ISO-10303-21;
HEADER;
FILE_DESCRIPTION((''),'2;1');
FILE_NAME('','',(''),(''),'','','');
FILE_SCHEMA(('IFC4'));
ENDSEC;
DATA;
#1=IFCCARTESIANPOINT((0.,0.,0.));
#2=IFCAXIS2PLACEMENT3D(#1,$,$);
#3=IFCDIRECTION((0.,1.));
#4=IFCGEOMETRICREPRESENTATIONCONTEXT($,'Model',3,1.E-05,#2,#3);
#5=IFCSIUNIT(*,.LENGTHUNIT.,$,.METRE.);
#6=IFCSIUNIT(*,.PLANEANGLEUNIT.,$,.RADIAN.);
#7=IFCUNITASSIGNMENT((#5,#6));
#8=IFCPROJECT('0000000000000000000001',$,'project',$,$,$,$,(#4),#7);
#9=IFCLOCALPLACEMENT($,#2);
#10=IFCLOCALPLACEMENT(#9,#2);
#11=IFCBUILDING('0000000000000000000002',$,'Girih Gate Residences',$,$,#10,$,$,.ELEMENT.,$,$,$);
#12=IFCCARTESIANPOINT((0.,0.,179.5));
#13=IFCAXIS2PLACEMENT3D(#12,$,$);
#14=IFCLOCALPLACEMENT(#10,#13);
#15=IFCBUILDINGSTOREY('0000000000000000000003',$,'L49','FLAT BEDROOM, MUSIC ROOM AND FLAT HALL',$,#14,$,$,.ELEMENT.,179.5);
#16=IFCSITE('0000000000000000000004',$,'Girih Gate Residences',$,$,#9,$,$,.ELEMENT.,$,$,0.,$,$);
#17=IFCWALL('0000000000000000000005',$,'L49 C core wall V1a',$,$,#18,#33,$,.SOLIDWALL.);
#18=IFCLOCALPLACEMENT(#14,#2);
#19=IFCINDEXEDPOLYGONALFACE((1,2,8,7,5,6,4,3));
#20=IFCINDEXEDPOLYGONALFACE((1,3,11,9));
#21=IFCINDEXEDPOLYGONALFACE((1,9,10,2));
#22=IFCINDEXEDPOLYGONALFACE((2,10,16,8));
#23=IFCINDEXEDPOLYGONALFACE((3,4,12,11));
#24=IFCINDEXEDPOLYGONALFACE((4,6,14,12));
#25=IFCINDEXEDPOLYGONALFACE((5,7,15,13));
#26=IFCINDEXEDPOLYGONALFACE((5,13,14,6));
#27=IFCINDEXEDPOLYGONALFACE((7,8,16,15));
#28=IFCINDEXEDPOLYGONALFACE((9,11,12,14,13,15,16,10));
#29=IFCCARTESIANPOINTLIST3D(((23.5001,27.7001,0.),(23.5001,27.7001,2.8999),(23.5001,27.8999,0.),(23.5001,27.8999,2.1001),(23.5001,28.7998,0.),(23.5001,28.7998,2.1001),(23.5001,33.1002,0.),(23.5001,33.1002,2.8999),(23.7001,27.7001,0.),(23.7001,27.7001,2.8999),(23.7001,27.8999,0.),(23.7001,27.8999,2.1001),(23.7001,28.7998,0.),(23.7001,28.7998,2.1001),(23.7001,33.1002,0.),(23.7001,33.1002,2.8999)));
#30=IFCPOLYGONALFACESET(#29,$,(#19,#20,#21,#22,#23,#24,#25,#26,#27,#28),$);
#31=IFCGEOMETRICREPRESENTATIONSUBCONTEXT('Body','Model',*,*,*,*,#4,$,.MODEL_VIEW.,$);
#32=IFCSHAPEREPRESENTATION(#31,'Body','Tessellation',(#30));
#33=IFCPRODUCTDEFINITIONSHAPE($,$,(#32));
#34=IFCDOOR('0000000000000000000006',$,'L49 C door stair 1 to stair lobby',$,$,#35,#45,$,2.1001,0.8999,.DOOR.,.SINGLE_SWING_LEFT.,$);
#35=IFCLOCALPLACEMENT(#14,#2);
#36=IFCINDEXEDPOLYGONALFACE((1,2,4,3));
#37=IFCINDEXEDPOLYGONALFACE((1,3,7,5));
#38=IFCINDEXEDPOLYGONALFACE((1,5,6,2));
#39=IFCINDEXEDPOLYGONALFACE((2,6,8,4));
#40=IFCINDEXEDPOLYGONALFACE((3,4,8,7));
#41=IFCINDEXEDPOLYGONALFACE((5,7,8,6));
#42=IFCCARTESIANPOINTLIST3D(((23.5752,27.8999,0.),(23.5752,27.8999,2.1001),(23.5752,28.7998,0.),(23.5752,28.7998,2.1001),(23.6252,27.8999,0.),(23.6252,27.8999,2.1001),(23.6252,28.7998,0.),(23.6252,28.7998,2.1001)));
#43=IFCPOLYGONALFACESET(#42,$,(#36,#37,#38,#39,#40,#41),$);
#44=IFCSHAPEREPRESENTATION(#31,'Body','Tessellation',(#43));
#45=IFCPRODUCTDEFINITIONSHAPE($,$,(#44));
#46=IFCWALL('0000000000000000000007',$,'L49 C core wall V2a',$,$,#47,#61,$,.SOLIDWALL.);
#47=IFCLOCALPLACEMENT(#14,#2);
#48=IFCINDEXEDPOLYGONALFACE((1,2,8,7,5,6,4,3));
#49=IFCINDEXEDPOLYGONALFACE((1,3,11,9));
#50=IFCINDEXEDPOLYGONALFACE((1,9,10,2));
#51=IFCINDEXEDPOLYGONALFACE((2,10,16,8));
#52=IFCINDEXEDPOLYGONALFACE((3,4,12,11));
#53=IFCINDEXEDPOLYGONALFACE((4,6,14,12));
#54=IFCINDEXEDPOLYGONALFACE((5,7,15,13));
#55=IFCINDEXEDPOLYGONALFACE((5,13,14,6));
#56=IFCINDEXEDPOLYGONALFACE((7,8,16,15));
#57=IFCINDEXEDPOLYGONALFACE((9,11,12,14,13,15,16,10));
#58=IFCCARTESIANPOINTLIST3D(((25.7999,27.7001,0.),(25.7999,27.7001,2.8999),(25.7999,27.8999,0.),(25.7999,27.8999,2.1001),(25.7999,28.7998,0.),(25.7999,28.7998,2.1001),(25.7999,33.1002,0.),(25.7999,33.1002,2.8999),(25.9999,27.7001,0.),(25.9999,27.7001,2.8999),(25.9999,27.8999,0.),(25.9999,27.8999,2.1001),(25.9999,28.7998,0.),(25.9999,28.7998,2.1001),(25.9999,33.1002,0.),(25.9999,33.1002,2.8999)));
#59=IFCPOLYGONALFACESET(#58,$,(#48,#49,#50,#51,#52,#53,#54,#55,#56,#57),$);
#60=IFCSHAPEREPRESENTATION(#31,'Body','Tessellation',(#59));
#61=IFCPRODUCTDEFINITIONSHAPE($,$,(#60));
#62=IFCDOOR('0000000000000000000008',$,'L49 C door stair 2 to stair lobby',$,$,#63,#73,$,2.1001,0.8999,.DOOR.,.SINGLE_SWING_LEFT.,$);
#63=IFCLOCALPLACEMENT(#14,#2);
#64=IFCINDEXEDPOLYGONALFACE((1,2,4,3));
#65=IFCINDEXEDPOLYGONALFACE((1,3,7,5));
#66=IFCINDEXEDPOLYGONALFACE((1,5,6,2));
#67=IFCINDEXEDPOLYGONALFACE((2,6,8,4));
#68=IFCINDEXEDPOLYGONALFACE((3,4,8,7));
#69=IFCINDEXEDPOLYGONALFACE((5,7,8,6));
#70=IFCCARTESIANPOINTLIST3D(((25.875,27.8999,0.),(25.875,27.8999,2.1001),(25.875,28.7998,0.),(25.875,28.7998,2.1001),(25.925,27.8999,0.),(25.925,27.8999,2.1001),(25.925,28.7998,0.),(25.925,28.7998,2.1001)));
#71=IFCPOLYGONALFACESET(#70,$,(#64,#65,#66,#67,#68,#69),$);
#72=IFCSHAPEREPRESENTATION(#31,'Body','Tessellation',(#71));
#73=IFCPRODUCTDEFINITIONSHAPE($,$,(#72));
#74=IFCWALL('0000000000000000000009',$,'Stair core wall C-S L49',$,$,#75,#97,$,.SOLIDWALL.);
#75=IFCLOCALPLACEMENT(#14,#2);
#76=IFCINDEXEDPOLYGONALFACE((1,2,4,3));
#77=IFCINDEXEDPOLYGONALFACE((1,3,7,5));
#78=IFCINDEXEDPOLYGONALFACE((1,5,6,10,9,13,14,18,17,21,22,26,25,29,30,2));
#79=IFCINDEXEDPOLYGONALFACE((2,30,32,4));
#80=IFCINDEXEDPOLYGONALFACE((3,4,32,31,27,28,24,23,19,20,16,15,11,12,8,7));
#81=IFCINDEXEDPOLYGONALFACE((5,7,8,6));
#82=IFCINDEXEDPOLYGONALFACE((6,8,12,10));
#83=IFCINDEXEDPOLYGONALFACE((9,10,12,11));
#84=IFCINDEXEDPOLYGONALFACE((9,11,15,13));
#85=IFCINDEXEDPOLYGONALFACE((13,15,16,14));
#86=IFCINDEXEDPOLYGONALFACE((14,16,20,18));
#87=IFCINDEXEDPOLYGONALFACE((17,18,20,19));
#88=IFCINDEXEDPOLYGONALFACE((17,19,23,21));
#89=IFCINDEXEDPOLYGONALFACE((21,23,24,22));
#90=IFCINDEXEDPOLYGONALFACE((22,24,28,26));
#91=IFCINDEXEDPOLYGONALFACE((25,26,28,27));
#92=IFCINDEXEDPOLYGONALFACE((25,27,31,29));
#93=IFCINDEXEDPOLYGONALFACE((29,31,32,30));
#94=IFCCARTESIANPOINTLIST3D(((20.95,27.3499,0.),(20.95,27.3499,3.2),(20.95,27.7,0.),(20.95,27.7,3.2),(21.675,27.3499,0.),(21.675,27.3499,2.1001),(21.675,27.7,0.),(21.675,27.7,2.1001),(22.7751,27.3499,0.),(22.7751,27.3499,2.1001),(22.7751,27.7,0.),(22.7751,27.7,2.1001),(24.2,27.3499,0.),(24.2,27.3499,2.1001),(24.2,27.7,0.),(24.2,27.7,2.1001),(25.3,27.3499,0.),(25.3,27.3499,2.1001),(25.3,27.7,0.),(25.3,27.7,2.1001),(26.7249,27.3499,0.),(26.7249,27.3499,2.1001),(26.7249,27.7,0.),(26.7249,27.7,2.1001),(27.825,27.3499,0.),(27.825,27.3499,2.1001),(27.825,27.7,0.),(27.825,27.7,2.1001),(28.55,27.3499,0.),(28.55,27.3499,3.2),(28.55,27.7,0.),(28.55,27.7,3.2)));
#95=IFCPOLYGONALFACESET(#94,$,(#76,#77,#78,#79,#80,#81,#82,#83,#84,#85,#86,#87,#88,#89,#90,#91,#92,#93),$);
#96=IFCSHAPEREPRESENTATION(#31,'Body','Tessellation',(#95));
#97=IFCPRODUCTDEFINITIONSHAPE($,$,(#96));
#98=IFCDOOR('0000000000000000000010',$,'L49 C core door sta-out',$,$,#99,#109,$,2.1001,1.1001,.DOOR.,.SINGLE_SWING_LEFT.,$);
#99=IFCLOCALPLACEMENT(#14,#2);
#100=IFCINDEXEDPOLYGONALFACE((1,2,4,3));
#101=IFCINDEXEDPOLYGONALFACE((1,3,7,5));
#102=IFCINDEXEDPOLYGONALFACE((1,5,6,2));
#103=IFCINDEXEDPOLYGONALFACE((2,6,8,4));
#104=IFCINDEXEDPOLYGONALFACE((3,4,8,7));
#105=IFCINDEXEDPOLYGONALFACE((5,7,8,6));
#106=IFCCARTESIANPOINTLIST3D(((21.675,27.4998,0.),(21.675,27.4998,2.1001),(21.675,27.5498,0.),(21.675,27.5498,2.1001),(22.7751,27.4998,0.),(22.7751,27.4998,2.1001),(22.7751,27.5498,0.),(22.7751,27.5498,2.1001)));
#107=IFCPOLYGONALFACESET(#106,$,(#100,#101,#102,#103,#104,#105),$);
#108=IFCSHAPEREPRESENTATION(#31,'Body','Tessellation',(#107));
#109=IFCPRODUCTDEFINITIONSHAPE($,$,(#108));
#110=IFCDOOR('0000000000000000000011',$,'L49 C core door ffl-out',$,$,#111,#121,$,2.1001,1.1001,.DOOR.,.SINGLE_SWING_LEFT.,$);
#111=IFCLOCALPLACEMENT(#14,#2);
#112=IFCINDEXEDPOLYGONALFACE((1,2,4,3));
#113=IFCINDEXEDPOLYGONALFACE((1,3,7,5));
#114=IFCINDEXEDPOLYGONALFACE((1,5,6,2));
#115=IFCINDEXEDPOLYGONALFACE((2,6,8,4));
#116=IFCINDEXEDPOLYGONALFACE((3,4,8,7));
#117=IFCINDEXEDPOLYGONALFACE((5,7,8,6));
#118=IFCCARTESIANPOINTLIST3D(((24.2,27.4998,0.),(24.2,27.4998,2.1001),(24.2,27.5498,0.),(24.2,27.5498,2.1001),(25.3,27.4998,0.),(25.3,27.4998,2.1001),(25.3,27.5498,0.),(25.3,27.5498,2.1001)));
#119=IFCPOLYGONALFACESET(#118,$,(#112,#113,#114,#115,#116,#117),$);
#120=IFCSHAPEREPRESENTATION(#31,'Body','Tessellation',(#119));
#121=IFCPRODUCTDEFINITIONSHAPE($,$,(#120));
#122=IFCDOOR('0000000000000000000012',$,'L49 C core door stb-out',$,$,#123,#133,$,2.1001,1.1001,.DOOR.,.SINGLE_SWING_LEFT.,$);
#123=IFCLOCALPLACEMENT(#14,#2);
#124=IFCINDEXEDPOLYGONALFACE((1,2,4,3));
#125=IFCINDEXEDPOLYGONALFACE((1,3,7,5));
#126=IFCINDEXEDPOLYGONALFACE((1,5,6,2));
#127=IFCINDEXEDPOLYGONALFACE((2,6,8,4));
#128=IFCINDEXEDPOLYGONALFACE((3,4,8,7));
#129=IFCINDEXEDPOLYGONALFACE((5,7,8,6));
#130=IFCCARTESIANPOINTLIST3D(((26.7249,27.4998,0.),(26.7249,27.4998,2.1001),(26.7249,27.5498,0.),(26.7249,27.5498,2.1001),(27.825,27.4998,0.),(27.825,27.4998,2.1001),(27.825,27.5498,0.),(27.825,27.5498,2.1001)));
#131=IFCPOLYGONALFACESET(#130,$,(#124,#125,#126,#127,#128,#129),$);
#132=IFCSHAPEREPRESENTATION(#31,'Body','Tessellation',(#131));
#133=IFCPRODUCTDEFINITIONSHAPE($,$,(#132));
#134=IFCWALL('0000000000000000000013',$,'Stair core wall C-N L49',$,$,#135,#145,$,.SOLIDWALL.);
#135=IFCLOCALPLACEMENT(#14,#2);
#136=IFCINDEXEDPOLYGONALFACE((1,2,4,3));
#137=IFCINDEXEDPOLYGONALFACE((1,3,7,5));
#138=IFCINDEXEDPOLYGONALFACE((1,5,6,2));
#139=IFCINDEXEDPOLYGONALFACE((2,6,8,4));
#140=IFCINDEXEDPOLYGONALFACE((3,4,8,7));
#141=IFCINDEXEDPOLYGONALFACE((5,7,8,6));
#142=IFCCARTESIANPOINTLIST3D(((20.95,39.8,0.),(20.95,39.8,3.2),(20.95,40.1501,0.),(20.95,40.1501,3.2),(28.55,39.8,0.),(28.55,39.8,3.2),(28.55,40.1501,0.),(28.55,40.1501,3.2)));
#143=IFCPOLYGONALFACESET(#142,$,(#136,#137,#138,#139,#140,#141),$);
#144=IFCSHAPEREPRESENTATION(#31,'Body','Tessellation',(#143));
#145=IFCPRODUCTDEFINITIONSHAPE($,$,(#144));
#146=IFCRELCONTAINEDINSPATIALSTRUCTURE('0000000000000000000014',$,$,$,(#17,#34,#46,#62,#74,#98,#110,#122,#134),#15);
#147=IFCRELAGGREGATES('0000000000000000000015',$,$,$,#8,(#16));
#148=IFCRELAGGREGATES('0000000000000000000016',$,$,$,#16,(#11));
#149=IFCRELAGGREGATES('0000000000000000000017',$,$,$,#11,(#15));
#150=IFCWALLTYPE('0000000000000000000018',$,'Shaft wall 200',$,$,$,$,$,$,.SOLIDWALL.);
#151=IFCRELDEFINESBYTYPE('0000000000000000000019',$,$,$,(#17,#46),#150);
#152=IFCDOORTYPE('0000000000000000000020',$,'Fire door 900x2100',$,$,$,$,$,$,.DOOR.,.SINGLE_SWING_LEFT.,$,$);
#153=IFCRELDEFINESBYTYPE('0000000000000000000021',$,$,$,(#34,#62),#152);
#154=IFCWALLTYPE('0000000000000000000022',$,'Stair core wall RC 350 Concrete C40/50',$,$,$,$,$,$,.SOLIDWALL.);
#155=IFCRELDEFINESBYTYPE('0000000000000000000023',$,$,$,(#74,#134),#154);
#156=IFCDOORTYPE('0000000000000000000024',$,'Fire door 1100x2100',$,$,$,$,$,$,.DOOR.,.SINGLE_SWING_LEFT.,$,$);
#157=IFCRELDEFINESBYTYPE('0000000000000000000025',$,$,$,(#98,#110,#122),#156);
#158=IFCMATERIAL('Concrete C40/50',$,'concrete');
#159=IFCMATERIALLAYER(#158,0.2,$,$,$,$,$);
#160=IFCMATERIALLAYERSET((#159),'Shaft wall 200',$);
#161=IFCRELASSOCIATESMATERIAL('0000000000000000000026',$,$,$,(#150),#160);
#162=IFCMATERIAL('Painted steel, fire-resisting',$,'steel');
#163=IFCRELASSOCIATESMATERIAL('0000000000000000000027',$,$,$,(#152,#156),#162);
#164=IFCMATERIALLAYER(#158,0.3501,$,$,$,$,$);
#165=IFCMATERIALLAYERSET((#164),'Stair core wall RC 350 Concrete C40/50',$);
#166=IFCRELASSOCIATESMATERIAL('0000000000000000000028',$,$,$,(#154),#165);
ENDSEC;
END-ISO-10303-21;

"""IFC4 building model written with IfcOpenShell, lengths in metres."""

from ifc_helpers import new_model, si_unit, direction, frame, frame_2d, origin, place, context, subcontext, project, spatial, rectangle, extrude, material, layer, layer_set, type_object, element, fill, save


model = new_model("IFC4")

# Units and contexts
model_context = context("Model", 3, precision=1e-05, world=origin(), true_north=direction((0.0, 1.0)))
body_context = subcontext(model_context, "Body", "Model", "MODEL_VIEW")
ifc_project = project(units=[si_unit("LENGTHUNIT", "METRE"), si_unit("PLANEANGLEUNIT", "RADIAN")], contexts=[model_context])

# Site, building, storey
site_placement = place(None, origin())
site = spatial("IfcSite", under=ifc_project, at=site_placement, Name="Girih Gate Residences", CompositionType="ELEMENT", RefElevation=0.0)
building_placement = place(site_placement, origin())
building = spatial("IfcBuilding", under=site, at=building_placement, Name="Girih Gate Residences", CompositionType="ELEMENT")
storey_placement = place(building_placement, frame((0.0, 0.0, 179.5)))
storey = spatial("IfcBuildingStorey", under=building, at=storey_placement, Name="L49", Description="FLAT BEDROOM, MUSIC ROOM AND FLAT HALL", CompositionType="ELEMENT", Elevation=179.5)

# Shared definitions
ifc_material_1 = material(Name="Concrete C40/50", Category="concrete")
ifc_layer_1 = layer(ifc_material_1, 0.2)
ifc_layer_set_1 = layer_set([ifc_layer_1], Name="Shaft wall 200")
wall_type_1 = type_object("IfcWallType", Name="Shaft wall 200", PredefinedType="SOLIDWALL", material=ifc_layer_set_1)

# Shared definitions
ifc_material_2 = material(Name="Painted steel, fire-resisting", Category="steel")
door_type_1 = type_object("IfcDoorType", Name="Fire door 900x2100", OperationType="SINGLE_SWING_LEFT", PredefinedType="DOOR", material=ifc_material_2)

# Walls, openings, doors
wall_1_placement = place(storey_placement, frame((23.6001, 27.7, 0.0), z_axis=(0.0, 0.0, 1.0), x_axis=(0.0, 1.0, 0.0)))
wall_1 = element("IfcWall", 1, at=wall_1_placement, inside=storey, type_object=wall_type_1, Name="L49 C core wall V1a", PredefinedType="SOLIDWALL", context=body_context, shape_type="SweptSolid", body=[
    extrude(rectangle(XDim=5.4001, YDim=0.2, at=frame_2d((2.7002, 0.0))), origin(), (0.0, 0.0, 1.0), 2.8999),
])
opening_1_placement = place(wall_1_placement, frame((0.2, 0.0, 0.0)))
opening_1 = element("IfcOpeningElement", 2, at=opening_1_placement, cuts=wall_1, PredefinedType="OPENING", context=body_context, shape_type="SweptSolid", body=[
    extrude(rectangle(XDim=0.8999, YDim=2.1001, at=frame_2d((0.45, 1.05))), frame((0.0, 0.1099, 0.0), z_axis=(0.0, -1.0, 0.0), x_axis=(1.0, 0.0, 0.0)), (0.0, 0.0, 1.0), 0.22),
])
door_1_placement = place(opening_1_placement, origin())
door_1 = element("IfcDoor", 3, at=door_1_placement, inside=storey, type_object=door_type_1, Name="L49 C door stair 1 to stair lobby", OperationType="SINGLE_SWING_LEFT", OverallHeight=2.1001, OverallWidth=0.8999, PredefinedType="DOOR", context=body_context, shape_type="SweptSolid", body=[
    extrude(rectangle(XDim=0.8999, YDim=2.1001, at=frame_2d((0.45, 1.05))), frame((0.0, 0.0249, 0.0), z_axis=(0.0, -1.0, 0.0), x_axis=(1.0, 0.0, 0.0)), (0.0, 0.0, 1.0), 0.05),
])
fill(opening_1, door_1)
wall_2_placement = place(storey_placement, frame((25.8999, 27.7, 0.0), z_axis=(0.0, 0.0, 1.0), x_axis=(0.0, 1.0, 0.0)))
wall_2 = element("IfcWall", 4, at=wall_2_placement, inside=storey, type_object=wall_type_1, Name="L49 C core wall V2a", PredefinedType="SOLIDWALL", context=body_context, shape_type="SweptSolid", body=[
    extrude(rectangle(XDim=5.4001, YDim=0.2, at=frame_2d((2.7002, 0.0))), origin(), (0.0, 0.0, 1.0), 2.8999),
])
opening_2_placement = place(wall_2_placement, frame((0.2, 0.0, 0.0)))
opening_2 = element("IfcOpeningElement", 5, at=opening_2_placement, cuts=wall_2, PredefinedType="OPENING", context=body_context, shape_type="SweptSolid", body=[
    extrude(rectangle(XDim=0.8999, YDim=2.1001, at=frame_2d((0.45, 1.05))), frame((0.0, 0.1099, 0.0), z_axis=(0.0, -1.0, 0.0), x_axis=(1.0, 0.0, 0.0)), (0.0, 0.0, 1.0), 0.22),
])
door_2_placement = place(opening_2_placement, origin())
door_2 = element("IfcDoor", 6, at=door_2_placement, inside=storey, type_object=door_type_1, Name="L49 C door stair 2 to stair lobby", OperationType="SINGLE_SWING_LEFT", OverallHeight=2.1001, OverallWidth=0.8999, PredefinedType="DOOR", context=body_context, shape_type="SweptSolid", body=[
    extrude(rectangle(XDim=0.8999, YDim=2.1001, at=frame_2d((0.45, 1.05))), frame((0.0, 0.0249, 0.0), z_axis=(0.0, -1.0, 0.0), x_axis=(1.0, 0.0, 0.0)), (0.0, 0.0, 1.0), 0.05),
])
fill(opening_2, door_2)

# Wall, openings, doors
ifc_layer_2 = layer(ifc_material_1, 0.3501)
ifc_layer_set_2 = layer_set([ifc_layer_2], Name="Stair core wall RC 350 Concrete C40/50")
wall_type_2 = type_object("IfcWallType", Name="Stair core wall RC 350 Concrete C40/50", PredefinedType="SOLIDWALL", material=ifc_layer_set_2)
wall_3_placement = place(storey_placement, frame((20.95, 27.5249, 0.0), z_axis=(0.0, 0.0, 1.0), x_axis=(1.0, 0.0, 0.0)))
wall_3 = element("IfcWall", 7, at=wall_3_placement, inside=storey, type_object=wall_type_2, Name="Stair core wall C-S L49", PredefinedType="SOLIDWALL", context=body_context, shape_type="SweptSolid", body=[
    extrude(rectangle(XDim=7.6001, YDim=0.3501, at=frame_2d((3.8, 0.0))), origin(), (0.0, 0.0, 1.0), 3.2),
])
opening_3_placement = place(wall_3_placement, frame((0.7251, 0.0, 0.0)))
opening_3 = element("IfcOpeningElement", 8, at=opening_3_placement, cuts=wall_3, PredefinedType="OPENING", context=body_context, shape_type="SweptSolid", body=[
    extrude(rectangle(XDim=1.1001, YDim=2.1001, at=frame_2d((0.55, 1.05))), frame((0.0, 0.1851, 0.0), z_axis=(0.0, -1.0, 0.0), x_axis=(1.0, 0.0, 0.0)), (0.0, 0.0, 1.0), 0.3701),
])
opening_4_placement = place(wall_3_placement, frame((3.25, 0.0, 0.0)))
opening_4 = element("IfcOpeningElement", 9, at=opening_4_placement, cuts=wall_3, PredefinedType="OPENING", context=body_context, shape_type="SweptSolid", body=[
    extrude(rectangle(XDim=1.1001, YDim=2.1001, at=frame_2d((0.55, 1.05))), frame((0.0, 0.1851, 0.0), z_axis=(0.0, -1.0, 0.0), x_axis=(1.0, 0.0, 0.0)), (0.0, 0.0, 1.0), 0.3701),
])
opening_5_placement = place(wall_3_placement, frame((5.7749, 0.0, 0.0)))
opening_5 = element("IfcOpeningElement", 10, at=opening_5_placement, cuts=wall_3, PredefinedType="OPENING", context=body_context, shape_type="SweptSolid", body=[
    extrude(rectangle(XDim=1.1001, YDim=2.1001, at=frame_2d((0.55, 1.05))), frame((0.0, 0.1851, 0.0), z_axis=(0.0, -1.0, 0.0), x_axis=(1.0, 0.0, 0.0)), (0.0, 0.0, 1.0), 0.3701),
])
door_type_2 = type_object("IfcDoorType", Name="Fire door 1100x2100", OperationType="SINGLE_SWING_LEFT", PredefinedType="DOOR", material=ifc_material_2)
door_3_placement = place(opening_3_placement, origin())
door_3 = element("IfcDoor", 11, at=door_3_placement, inside=storey, type_object=door_type_2, Name="L49 C core door sta-out", OperationType="SINGLE_SWING_LEFT", OverallHeight=2.1001, OverallWidth=1.1001, PredefinedType="DOOR", context=body_context, shape_type="SweptSolid", body=[
    extrude(rectangle(XDim=1.1001, YDim=2.1001, at=frame_2d((0.55, 1.05))), frame((0.0, 0.0249, 0.0), z_axis=(0.0, -1.0, 0.0), x_axis=(1.0, 0.0, 0.0)), (0.0, 0.0, 1.0), 0.05),
])
fill(opening_3, door_3)
door_4_placement = place(opening_4_placement, origin())
door_4 = element("IfcDoor", 12, at=door_4_placement, inside=storey, type_object=door_type_2, Name="L49 C core door ffl-out", OperationType="SINGLE_SWING_LEFT", OverallHeight=2.1001, OverallWidth=1.1001, PredefinedType="DOOR", context=body_context, shape_type="SweptSolid", body=[
    extrude(rectangle(XDim=1.1001, YDim=2.1001, at=frame_2d((0.55, 1.05))), frame((0.0, 0.0249, 0.0), z_axis=(0.0, -1.0, 0.0), x_axis=(1.0, 0.0, 0.0)), (0.0, 0.0, 1.0), 0.05),
])
fill(opening_4, door_4)
door_5_placement = place(opening_5_placement, origin())
door_5 = element("IfcDoor", 13, at=door_5_placement, inside=storey, type_object=door_type_2, Name="L49 C core door stb-out", OperationType="SINGLE_SWING_LEFT", OverallHeight=2.1001, OverallWidth=1.1001, PredefinedType="DOOR", context=body_context, shape_type="SweptSolid", body=[
    extrude(rectangle(XDim=1.1001, YDim=2.1001, at=frame_2d((0.55, 1.05))), frame((0.0, 0.0249, 0.0), z_axis=(0.0, -1.0, 0.0), x_axis=(1.0, 0.0, 0.0)), (0.0, 0.0, 1.0), 0.05),
])
fill(opening_5, door_5)

# Wall
wall_4_placement = place(storey_placement, frame((20.95, 39.9751, 0.0), z_axis=(0.0, 0.0, 1.0), x_axis=(1.0, 0.0, 0.0)))
element("IfcWall", 14, at=wall_4_placement, inside=storey, type_object=wall_type_2, Name="Stair core wall C-N L49", PredefinedType="SOLIDWALL", context=body_context, shape_type="SweptSolid", body=[
    extrude(rectangle(XDim=7.6001, YDim=0.3501, at=frame_2d((3.8, 0.0))), origin(), (0.0, 0.0, 1.0), 3.2),
])

save(model, "model.ifc")
